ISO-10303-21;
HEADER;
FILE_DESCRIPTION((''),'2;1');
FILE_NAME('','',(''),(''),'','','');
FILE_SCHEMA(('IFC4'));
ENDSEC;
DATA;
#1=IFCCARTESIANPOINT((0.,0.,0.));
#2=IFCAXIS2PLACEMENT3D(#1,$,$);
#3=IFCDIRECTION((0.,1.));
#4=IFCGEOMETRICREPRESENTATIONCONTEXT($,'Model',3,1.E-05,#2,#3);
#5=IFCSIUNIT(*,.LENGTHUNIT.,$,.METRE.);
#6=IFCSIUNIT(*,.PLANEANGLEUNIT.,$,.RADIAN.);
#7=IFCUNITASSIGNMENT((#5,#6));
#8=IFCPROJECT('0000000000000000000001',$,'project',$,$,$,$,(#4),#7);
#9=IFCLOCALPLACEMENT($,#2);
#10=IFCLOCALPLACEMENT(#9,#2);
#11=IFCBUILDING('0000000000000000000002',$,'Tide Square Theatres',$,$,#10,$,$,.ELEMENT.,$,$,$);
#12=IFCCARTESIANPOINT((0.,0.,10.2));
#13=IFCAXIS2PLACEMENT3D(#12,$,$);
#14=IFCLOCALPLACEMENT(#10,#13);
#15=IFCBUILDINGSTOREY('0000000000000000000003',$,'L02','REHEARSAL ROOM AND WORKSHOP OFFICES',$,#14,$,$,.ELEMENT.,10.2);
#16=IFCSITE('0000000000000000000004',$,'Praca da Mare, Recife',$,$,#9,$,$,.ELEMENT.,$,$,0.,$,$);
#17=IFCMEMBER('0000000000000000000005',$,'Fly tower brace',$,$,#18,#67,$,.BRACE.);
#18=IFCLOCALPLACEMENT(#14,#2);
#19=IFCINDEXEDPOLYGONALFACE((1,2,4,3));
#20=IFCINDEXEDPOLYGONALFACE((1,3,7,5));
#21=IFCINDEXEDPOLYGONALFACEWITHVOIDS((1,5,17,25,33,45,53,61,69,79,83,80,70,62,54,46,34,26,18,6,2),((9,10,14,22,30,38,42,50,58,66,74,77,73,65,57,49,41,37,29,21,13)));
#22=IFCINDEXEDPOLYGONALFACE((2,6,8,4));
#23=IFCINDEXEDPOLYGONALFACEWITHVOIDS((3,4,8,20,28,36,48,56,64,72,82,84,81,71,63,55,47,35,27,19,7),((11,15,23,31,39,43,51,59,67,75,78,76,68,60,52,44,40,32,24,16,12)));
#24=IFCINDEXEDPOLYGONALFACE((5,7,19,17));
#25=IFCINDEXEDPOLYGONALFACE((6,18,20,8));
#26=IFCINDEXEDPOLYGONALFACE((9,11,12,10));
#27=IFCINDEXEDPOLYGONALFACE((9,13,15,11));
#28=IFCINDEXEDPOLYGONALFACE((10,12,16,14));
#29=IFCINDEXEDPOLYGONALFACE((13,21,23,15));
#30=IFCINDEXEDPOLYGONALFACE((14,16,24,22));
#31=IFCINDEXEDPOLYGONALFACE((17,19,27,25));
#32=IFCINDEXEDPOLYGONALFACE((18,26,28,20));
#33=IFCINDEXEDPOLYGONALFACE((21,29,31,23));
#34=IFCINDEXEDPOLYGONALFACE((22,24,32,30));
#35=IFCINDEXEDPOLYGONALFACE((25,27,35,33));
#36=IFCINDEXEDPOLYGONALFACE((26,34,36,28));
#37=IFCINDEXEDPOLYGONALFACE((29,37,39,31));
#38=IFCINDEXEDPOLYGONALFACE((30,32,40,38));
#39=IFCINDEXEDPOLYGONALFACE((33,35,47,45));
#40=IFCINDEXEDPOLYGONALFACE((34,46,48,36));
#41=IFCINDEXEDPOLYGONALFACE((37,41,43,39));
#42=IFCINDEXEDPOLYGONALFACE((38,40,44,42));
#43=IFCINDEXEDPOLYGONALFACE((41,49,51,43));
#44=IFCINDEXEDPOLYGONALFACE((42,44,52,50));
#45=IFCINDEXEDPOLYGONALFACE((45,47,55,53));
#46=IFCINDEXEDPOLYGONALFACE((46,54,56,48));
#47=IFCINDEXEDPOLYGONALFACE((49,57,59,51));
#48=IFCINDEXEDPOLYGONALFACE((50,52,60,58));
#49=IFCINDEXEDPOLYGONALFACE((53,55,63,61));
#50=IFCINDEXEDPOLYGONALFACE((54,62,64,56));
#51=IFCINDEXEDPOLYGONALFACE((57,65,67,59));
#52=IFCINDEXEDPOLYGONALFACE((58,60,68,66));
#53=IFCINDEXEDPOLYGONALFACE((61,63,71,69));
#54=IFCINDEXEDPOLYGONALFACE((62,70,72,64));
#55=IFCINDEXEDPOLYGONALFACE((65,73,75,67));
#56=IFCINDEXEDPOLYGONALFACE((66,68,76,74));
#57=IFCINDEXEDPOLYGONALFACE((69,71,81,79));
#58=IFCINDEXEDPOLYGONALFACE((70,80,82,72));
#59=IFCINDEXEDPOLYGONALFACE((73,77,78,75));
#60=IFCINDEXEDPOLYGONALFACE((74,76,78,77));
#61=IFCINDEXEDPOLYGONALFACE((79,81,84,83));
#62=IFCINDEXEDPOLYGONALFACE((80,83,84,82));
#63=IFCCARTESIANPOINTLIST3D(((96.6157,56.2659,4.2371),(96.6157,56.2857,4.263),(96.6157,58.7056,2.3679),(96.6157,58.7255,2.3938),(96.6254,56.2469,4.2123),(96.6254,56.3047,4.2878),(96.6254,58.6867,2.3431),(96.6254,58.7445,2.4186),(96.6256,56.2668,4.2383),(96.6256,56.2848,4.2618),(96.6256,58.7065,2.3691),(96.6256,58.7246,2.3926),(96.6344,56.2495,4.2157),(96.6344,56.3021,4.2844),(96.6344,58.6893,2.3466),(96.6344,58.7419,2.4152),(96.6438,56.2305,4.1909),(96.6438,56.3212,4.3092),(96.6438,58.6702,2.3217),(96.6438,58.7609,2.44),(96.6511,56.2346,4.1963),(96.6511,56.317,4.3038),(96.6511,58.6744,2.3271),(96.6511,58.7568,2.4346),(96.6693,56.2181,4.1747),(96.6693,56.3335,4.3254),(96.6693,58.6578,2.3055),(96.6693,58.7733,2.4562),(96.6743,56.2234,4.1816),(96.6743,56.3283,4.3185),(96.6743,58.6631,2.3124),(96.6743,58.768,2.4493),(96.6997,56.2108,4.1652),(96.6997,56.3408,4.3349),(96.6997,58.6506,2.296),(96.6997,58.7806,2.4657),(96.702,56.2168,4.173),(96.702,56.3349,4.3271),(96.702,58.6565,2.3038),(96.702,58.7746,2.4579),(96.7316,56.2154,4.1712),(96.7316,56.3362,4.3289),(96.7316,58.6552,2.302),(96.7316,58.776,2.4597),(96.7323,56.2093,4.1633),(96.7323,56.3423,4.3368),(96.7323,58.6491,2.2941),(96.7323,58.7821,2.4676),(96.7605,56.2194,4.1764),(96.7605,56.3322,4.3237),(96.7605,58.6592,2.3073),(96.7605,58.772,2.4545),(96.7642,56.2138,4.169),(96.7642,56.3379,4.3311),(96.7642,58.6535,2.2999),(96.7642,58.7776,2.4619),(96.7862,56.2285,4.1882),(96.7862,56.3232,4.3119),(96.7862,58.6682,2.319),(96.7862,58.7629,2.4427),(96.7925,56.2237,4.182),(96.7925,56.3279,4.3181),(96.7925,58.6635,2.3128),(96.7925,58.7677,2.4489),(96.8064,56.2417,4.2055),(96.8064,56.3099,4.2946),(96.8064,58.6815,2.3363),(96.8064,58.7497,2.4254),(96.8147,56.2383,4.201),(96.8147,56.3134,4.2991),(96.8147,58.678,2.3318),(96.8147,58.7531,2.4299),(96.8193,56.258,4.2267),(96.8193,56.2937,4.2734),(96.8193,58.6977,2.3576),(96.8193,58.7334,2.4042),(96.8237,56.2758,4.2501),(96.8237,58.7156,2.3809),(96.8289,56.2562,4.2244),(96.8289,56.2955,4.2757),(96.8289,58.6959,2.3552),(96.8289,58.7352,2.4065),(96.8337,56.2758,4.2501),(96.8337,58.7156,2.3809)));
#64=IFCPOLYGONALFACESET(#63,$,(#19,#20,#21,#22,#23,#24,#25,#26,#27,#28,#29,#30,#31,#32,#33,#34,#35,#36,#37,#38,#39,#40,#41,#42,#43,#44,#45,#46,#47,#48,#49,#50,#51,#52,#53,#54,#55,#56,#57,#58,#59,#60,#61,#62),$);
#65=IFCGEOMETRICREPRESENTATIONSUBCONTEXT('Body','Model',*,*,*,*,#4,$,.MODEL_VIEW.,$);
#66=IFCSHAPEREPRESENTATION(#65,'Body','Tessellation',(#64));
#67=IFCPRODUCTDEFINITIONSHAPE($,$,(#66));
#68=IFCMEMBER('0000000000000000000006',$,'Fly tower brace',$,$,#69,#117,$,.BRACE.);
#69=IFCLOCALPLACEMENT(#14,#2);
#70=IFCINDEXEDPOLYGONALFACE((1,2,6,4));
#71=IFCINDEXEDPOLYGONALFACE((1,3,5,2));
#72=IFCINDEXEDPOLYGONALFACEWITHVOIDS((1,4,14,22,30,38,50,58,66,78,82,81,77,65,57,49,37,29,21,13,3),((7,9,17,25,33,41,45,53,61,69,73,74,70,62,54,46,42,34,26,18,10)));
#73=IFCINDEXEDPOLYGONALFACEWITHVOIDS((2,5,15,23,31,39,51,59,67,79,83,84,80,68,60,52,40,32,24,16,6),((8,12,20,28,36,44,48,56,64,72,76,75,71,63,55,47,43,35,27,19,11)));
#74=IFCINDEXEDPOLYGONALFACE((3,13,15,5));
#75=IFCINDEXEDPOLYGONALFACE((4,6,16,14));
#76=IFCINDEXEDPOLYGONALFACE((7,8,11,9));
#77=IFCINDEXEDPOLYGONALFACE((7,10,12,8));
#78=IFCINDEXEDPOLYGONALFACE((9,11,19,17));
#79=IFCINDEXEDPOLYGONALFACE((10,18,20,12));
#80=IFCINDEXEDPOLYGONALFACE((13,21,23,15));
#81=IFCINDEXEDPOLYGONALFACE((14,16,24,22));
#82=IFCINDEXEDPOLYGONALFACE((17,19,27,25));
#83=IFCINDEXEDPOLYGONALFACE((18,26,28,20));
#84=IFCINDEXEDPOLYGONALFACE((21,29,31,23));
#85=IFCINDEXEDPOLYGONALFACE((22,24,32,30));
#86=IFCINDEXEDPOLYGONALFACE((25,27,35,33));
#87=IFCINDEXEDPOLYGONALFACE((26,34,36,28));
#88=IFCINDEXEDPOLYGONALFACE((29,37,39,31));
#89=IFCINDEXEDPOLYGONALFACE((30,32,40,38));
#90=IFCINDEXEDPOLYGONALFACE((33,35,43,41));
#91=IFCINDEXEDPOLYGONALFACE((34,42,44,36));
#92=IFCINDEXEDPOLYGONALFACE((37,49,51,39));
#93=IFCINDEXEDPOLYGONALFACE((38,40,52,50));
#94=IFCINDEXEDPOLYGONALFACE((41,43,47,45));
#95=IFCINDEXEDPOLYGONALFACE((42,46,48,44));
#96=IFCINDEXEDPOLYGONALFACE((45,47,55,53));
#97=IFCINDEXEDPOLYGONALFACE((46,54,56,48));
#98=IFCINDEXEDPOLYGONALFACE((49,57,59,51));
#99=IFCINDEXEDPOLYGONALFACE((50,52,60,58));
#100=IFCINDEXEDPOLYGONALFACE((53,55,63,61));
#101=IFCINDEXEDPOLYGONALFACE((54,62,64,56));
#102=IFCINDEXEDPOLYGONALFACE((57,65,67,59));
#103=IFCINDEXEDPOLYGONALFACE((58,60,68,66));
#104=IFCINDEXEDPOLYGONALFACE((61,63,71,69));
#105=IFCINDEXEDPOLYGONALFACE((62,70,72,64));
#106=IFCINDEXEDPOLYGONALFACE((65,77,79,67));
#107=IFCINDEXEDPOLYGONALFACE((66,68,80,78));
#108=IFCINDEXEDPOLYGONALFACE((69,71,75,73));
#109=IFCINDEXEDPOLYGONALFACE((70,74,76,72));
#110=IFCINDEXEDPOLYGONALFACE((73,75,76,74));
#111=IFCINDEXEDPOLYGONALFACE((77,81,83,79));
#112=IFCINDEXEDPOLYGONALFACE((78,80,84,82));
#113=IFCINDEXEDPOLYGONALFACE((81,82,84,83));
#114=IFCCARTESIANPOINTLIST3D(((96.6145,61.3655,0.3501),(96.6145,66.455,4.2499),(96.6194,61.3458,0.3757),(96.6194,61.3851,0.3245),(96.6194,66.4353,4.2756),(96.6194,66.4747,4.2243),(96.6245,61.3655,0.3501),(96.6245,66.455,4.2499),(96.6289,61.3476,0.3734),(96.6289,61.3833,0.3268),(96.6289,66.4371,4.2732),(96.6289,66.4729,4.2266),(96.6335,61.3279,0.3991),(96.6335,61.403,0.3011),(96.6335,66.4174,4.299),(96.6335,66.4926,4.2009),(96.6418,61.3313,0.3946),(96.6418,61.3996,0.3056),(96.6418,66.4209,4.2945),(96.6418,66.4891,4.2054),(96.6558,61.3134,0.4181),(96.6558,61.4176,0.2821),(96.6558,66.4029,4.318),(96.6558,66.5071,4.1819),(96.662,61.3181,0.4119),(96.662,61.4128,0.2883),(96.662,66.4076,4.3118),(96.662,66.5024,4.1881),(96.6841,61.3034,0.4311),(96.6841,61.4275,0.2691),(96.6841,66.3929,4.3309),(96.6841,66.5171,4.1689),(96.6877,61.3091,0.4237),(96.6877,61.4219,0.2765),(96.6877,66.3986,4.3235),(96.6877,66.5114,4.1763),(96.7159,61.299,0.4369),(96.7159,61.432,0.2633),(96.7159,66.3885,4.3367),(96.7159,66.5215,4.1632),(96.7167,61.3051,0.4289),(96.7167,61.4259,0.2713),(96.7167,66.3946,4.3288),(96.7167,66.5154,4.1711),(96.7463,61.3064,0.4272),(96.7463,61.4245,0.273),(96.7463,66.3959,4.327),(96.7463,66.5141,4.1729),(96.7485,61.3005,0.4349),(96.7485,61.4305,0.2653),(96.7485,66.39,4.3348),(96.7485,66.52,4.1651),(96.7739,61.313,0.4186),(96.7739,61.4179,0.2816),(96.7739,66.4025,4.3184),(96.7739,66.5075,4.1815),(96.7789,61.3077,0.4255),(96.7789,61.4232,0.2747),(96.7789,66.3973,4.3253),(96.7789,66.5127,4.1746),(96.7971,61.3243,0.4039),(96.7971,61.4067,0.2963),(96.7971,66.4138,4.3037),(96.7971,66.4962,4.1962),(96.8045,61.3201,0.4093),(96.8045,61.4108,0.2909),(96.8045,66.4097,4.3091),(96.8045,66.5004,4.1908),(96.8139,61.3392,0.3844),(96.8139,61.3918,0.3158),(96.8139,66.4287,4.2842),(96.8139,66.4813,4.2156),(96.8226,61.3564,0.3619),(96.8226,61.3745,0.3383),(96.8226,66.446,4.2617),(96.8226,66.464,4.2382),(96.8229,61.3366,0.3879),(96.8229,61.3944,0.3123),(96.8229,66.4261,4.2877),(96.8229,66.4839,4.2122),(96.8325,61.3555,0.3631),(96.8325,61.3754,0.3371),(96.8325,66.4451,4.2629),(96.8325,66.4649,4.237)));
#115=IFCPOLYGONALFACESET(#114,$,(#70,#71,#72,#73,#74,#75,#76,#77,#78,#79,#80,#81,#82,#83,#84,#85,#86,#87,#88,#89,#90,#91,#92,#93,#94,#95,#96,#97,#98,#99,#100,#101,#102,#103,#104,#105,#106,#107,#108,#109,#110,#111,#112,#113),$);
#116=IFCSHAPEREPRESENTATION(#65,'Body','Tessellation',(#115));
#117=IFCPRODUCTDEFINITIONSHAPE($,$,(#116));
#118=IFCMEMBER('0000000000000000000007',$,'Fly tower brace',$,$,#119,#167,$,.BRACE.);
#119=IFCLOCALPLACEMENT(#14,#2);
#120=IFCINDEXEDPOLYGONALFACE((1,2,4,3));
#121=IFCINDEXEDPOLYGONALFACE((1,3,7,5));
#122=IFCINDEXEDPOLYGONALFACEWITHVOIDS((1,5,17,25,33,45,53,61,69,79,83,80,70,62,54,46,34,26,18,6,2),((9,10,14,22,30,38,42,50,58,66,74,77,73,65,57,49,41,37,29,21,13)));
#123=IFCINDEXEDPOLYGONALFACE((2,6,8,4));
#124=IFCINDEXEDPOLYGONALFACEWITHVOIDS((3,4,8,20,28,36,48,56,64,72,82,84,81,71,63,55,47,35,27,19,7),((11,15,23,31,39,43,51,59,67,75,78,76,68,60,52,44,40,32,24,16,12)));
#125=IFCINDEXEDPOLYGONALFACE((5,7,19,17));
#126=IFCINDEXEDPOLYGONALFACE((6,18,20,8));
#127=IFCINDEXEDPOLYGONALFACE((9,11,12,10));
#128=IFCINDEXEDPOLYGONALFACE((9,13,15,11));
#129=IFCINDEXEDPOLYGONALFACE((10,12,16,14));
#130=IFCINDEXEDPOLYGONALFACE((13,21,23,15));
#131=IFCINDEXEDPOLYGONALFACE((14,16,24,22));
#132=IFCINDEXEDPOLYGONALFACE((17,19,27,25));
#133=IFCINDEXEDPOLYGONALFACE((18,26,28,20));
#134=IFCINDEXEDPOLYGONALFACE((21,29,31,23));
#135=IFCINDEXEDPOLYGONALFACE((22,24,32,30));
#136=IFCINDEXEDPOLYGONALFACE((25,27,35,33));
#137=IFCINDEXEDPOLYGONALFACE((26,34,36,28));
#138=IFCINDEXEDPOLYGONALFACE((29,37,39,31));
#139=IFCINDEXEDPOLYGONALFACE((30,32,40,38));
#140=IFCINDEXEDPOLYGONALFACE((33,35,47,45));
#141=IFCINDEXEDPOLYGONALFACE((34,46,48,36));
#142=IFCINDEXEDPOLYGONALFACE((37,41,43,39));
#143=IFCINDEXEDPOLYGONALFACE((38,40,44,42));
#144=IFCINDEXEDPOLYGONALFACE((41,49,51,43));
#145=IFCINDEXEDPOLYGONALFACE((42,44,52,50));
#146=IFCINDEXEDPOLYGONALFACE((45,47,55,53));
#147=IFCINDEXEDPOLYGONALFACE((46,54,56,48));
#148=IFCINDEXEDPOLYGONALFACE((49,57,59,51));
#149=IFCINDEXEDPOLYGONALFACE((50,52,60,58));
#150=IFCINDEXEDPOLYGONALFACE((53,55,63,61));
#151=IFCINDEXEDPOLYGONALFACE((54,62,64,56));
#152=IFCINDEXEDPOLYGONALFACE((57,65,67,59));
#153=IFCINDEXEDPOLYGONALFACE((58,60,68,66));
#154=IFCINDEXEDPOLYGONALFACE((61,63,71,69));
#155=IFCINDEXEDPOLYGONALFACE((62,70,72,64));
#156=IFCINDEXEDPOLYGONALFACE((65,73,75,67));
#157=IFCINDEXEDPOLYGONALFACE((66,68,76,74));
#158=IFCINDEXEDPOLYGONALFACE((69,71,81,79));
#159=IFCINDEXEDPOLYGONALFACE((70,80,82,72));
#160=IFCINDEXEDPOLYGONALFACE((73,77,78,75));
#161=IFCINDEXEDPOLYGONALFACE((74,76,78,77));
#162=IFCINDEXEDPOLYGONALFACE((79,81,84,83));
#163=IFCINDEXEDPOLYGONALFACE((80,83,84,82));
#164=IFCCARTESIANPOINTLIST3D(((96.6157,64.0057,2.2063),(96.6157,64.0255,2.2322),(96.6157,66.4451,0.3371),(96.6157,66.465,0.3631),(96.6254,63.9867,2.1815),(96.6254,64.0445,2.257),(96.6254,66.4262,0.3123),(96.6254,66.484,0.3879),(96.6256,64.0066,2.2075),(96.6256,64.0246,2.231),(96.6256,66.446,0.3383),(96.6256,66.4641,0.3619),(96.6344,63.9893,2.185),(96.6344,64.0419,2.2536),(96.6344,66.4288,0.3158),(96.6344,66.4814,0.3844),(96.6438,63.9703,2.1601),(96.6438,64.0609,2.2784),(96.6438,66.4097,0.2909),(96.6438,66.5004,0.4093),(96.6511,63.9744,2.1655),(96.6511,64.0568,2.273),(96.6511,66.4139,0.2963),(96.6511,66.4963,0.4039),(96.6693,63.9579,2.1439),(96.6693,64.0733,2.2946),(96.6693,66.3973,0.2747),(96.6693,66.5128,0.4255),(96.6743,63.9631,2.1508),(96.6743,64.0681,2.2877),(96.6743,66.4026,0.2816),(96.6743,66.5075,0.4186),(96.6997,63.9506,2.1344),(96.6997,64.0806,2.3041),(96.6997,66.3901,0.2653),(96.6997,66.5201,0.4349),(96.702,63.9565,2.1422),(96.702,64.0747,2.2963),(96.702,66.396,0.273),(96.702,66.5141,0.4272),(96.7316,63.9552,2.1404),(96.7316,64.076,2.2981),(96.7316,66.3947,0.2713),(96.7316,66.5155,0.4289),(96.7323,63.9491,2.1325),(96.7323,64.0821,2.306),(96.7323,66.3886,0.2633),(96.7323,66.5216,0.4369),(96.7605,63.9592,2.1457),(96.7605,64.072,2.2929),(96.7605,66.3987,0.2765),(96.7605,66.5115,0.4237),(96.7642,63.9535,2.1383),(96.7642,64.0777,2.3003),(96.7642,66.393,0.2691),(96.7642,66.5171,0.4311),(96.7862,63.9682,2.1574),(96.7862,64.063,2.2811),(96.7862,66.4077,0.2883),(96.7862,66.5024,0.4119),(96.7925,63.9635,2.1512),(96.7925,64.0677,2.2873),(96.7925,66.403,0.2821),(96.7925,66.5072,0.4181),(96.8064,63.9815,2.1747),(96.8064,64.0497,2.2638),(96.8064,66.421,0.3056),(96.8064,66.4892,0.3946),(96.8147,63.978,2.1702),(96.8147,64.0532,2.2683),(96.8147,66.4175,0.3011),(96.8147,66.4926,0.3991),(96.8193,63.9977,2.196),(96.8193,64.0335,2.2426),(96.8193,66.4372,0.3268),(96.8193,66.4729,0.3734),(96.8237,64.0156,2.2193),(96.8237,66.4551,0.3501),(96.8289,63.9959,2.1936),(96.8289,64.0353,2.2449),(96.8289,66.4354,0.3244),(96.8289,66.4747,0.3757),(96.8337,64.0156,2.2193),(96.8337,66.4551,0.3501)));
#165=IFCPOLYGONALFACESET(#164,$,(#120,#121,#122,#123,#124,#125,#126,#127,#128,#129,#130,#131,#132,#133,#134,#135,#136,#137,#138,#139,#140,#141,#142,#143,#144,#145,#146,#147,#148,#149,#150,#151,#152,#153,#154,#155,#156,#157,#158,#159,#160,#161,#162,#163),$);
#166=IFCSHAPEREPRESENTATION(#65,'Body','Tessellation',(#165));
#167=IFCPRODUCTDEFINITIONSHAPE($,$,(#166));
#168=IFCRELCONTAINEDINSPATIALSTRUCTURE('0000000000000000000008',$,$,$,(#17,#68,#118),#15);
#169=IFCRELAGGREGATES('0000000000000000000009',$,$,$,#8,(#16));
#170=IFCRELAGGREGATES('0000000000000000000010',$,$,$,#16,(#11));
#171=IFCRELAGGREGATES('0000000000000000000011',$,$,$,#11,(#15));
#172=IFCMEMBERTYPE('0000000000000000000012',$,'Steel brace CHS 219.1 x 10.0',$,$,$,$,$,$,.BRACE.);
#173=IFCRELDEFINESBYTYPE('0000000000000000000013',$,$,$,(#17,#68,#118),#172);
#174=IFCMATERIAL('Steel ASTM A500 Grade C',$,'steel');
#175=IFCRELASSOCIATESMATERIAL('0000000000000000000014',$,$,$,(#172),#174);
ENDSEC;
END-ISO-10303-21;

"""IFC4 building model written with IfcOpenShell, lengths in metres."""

from ifc_helpers import new_model, si_unit, direction, frame, origin, origin_2d, place, context, subcontext, project, spatial, hollow_circle, extrude, material, material_profile, profile_set, type_object, element, save


model = new_model("IFC4")

# Units and contexts
model_context = context("Model", 3, precision=1e-05, world=origin(), true_north=direction((0.0, 1.0)))
body_context = subcontext(model_context, "Body", "Model", "MODEL_VIEW")
ifc_project = project(units=[si_unit("LENGTHUNIT", "METRE"), si_unit("PLANEANGLEUNIT", "RADIAN")], contexts=[model_context])

# Site, building, storey
site_placement = place(None, origin())
site = spatial("IfcSite", under=ifc_project, at=site_placement, Name="Praca da Mare, Recife", CompositionType="ELEMENT", RefElevation=0.0)
building_placement = place(site_placement, origin())
building = spatial("IfcBuilding", under=site, at=building_placement, Name="Tide Square Theatres", CompositionType="ELEMENT")
storey_placement = place(building_placement, frame((0.0, 0.0, 10.2)))
storey = spatial("IfcBuildingStorey", under=building, at=storey_placement, Name="L02", Description="REHEARSAL ROOM AND WORKSHOP OFFICES", CompositionType="ELEMENT", Elevation=10.2)

# Members
ifc_material_1 = material(Name="Steel ASTM A500 Grade C", Category="steel")
ifc_material_profile_1 = material_profile(ifc_material_1, hollow_circle(Radius=0.1096, WallThickness=0.01, at=origin_2d()))
ifc_profile_set_1 = profile_set([ifc_material_profile_1], Name="Steel ASTM A500 Grade C")
member_type = type_object("IfcMemberType", Name="Steel brace CHS 219.1 x 10.0", PredefinedType="BRACE", material=ifc_profile_set_1)
member_1_placement = place(storey_placement, frame((96.7241, 58.7156, 2.3809), z_axis=(0.0, -0.79381, 0.608166), x_axis=(1.0, 0.0, 0.0)))
element("IfcMember", 1, at=member_1_placement, inside=storey, type_object=member_type, Name="Fly tower brace", PredefinedType="BRACE", context=body_context, shape_type="SweptSolid", body=[
    extrude(hollow_circle(Radius=0.1096, WallThickness=0.01, at=origin_2d()), origin(), (0.0, 0.0, 1.0), 3.0735),
])
member_2_placement = place(storey_placement, frame((96.7241, 61.3655, 0.3501), z_axis=(0.0, 0.793766, 0.608223), x_axis=(-1.0, 0.0, 0.0)))
element("IfcMember", 2, at=member_2_placement, inside=storey, type_object=member_type, Name="Fly tower brace", PredefinedType="BRACE", context=body_context, shape_type="SweptSolid", body=[
    extrude(hollow_circle(Radius=0.1096, WallThickness=0.01, at=origin_2d()), origin(), (0.0, 0.0, 1.0), 6.4119),
])
member_3_placement = place(storey_placement, frame((96.7241, 66.4551, 0.3501), z_axis=(0.0, -0.79378, 0.608205), x_axis=(1.0, 0.0, 0.0)))
element("IfcMember", 3, at=member_3_placement, inside=storey, type_object=member_type, Name="Fly tower brace", PredefinedType="BRACE", context=body_context, shape_type="SweptSolid", body=[
    extrude(hollow_circle(Radius=0.1096, WallThickness=0.01, at=origin_2d()), origin(), (0.0, 0.0, 1.0), 3.0732),
])

save(model, "model.ifc")
